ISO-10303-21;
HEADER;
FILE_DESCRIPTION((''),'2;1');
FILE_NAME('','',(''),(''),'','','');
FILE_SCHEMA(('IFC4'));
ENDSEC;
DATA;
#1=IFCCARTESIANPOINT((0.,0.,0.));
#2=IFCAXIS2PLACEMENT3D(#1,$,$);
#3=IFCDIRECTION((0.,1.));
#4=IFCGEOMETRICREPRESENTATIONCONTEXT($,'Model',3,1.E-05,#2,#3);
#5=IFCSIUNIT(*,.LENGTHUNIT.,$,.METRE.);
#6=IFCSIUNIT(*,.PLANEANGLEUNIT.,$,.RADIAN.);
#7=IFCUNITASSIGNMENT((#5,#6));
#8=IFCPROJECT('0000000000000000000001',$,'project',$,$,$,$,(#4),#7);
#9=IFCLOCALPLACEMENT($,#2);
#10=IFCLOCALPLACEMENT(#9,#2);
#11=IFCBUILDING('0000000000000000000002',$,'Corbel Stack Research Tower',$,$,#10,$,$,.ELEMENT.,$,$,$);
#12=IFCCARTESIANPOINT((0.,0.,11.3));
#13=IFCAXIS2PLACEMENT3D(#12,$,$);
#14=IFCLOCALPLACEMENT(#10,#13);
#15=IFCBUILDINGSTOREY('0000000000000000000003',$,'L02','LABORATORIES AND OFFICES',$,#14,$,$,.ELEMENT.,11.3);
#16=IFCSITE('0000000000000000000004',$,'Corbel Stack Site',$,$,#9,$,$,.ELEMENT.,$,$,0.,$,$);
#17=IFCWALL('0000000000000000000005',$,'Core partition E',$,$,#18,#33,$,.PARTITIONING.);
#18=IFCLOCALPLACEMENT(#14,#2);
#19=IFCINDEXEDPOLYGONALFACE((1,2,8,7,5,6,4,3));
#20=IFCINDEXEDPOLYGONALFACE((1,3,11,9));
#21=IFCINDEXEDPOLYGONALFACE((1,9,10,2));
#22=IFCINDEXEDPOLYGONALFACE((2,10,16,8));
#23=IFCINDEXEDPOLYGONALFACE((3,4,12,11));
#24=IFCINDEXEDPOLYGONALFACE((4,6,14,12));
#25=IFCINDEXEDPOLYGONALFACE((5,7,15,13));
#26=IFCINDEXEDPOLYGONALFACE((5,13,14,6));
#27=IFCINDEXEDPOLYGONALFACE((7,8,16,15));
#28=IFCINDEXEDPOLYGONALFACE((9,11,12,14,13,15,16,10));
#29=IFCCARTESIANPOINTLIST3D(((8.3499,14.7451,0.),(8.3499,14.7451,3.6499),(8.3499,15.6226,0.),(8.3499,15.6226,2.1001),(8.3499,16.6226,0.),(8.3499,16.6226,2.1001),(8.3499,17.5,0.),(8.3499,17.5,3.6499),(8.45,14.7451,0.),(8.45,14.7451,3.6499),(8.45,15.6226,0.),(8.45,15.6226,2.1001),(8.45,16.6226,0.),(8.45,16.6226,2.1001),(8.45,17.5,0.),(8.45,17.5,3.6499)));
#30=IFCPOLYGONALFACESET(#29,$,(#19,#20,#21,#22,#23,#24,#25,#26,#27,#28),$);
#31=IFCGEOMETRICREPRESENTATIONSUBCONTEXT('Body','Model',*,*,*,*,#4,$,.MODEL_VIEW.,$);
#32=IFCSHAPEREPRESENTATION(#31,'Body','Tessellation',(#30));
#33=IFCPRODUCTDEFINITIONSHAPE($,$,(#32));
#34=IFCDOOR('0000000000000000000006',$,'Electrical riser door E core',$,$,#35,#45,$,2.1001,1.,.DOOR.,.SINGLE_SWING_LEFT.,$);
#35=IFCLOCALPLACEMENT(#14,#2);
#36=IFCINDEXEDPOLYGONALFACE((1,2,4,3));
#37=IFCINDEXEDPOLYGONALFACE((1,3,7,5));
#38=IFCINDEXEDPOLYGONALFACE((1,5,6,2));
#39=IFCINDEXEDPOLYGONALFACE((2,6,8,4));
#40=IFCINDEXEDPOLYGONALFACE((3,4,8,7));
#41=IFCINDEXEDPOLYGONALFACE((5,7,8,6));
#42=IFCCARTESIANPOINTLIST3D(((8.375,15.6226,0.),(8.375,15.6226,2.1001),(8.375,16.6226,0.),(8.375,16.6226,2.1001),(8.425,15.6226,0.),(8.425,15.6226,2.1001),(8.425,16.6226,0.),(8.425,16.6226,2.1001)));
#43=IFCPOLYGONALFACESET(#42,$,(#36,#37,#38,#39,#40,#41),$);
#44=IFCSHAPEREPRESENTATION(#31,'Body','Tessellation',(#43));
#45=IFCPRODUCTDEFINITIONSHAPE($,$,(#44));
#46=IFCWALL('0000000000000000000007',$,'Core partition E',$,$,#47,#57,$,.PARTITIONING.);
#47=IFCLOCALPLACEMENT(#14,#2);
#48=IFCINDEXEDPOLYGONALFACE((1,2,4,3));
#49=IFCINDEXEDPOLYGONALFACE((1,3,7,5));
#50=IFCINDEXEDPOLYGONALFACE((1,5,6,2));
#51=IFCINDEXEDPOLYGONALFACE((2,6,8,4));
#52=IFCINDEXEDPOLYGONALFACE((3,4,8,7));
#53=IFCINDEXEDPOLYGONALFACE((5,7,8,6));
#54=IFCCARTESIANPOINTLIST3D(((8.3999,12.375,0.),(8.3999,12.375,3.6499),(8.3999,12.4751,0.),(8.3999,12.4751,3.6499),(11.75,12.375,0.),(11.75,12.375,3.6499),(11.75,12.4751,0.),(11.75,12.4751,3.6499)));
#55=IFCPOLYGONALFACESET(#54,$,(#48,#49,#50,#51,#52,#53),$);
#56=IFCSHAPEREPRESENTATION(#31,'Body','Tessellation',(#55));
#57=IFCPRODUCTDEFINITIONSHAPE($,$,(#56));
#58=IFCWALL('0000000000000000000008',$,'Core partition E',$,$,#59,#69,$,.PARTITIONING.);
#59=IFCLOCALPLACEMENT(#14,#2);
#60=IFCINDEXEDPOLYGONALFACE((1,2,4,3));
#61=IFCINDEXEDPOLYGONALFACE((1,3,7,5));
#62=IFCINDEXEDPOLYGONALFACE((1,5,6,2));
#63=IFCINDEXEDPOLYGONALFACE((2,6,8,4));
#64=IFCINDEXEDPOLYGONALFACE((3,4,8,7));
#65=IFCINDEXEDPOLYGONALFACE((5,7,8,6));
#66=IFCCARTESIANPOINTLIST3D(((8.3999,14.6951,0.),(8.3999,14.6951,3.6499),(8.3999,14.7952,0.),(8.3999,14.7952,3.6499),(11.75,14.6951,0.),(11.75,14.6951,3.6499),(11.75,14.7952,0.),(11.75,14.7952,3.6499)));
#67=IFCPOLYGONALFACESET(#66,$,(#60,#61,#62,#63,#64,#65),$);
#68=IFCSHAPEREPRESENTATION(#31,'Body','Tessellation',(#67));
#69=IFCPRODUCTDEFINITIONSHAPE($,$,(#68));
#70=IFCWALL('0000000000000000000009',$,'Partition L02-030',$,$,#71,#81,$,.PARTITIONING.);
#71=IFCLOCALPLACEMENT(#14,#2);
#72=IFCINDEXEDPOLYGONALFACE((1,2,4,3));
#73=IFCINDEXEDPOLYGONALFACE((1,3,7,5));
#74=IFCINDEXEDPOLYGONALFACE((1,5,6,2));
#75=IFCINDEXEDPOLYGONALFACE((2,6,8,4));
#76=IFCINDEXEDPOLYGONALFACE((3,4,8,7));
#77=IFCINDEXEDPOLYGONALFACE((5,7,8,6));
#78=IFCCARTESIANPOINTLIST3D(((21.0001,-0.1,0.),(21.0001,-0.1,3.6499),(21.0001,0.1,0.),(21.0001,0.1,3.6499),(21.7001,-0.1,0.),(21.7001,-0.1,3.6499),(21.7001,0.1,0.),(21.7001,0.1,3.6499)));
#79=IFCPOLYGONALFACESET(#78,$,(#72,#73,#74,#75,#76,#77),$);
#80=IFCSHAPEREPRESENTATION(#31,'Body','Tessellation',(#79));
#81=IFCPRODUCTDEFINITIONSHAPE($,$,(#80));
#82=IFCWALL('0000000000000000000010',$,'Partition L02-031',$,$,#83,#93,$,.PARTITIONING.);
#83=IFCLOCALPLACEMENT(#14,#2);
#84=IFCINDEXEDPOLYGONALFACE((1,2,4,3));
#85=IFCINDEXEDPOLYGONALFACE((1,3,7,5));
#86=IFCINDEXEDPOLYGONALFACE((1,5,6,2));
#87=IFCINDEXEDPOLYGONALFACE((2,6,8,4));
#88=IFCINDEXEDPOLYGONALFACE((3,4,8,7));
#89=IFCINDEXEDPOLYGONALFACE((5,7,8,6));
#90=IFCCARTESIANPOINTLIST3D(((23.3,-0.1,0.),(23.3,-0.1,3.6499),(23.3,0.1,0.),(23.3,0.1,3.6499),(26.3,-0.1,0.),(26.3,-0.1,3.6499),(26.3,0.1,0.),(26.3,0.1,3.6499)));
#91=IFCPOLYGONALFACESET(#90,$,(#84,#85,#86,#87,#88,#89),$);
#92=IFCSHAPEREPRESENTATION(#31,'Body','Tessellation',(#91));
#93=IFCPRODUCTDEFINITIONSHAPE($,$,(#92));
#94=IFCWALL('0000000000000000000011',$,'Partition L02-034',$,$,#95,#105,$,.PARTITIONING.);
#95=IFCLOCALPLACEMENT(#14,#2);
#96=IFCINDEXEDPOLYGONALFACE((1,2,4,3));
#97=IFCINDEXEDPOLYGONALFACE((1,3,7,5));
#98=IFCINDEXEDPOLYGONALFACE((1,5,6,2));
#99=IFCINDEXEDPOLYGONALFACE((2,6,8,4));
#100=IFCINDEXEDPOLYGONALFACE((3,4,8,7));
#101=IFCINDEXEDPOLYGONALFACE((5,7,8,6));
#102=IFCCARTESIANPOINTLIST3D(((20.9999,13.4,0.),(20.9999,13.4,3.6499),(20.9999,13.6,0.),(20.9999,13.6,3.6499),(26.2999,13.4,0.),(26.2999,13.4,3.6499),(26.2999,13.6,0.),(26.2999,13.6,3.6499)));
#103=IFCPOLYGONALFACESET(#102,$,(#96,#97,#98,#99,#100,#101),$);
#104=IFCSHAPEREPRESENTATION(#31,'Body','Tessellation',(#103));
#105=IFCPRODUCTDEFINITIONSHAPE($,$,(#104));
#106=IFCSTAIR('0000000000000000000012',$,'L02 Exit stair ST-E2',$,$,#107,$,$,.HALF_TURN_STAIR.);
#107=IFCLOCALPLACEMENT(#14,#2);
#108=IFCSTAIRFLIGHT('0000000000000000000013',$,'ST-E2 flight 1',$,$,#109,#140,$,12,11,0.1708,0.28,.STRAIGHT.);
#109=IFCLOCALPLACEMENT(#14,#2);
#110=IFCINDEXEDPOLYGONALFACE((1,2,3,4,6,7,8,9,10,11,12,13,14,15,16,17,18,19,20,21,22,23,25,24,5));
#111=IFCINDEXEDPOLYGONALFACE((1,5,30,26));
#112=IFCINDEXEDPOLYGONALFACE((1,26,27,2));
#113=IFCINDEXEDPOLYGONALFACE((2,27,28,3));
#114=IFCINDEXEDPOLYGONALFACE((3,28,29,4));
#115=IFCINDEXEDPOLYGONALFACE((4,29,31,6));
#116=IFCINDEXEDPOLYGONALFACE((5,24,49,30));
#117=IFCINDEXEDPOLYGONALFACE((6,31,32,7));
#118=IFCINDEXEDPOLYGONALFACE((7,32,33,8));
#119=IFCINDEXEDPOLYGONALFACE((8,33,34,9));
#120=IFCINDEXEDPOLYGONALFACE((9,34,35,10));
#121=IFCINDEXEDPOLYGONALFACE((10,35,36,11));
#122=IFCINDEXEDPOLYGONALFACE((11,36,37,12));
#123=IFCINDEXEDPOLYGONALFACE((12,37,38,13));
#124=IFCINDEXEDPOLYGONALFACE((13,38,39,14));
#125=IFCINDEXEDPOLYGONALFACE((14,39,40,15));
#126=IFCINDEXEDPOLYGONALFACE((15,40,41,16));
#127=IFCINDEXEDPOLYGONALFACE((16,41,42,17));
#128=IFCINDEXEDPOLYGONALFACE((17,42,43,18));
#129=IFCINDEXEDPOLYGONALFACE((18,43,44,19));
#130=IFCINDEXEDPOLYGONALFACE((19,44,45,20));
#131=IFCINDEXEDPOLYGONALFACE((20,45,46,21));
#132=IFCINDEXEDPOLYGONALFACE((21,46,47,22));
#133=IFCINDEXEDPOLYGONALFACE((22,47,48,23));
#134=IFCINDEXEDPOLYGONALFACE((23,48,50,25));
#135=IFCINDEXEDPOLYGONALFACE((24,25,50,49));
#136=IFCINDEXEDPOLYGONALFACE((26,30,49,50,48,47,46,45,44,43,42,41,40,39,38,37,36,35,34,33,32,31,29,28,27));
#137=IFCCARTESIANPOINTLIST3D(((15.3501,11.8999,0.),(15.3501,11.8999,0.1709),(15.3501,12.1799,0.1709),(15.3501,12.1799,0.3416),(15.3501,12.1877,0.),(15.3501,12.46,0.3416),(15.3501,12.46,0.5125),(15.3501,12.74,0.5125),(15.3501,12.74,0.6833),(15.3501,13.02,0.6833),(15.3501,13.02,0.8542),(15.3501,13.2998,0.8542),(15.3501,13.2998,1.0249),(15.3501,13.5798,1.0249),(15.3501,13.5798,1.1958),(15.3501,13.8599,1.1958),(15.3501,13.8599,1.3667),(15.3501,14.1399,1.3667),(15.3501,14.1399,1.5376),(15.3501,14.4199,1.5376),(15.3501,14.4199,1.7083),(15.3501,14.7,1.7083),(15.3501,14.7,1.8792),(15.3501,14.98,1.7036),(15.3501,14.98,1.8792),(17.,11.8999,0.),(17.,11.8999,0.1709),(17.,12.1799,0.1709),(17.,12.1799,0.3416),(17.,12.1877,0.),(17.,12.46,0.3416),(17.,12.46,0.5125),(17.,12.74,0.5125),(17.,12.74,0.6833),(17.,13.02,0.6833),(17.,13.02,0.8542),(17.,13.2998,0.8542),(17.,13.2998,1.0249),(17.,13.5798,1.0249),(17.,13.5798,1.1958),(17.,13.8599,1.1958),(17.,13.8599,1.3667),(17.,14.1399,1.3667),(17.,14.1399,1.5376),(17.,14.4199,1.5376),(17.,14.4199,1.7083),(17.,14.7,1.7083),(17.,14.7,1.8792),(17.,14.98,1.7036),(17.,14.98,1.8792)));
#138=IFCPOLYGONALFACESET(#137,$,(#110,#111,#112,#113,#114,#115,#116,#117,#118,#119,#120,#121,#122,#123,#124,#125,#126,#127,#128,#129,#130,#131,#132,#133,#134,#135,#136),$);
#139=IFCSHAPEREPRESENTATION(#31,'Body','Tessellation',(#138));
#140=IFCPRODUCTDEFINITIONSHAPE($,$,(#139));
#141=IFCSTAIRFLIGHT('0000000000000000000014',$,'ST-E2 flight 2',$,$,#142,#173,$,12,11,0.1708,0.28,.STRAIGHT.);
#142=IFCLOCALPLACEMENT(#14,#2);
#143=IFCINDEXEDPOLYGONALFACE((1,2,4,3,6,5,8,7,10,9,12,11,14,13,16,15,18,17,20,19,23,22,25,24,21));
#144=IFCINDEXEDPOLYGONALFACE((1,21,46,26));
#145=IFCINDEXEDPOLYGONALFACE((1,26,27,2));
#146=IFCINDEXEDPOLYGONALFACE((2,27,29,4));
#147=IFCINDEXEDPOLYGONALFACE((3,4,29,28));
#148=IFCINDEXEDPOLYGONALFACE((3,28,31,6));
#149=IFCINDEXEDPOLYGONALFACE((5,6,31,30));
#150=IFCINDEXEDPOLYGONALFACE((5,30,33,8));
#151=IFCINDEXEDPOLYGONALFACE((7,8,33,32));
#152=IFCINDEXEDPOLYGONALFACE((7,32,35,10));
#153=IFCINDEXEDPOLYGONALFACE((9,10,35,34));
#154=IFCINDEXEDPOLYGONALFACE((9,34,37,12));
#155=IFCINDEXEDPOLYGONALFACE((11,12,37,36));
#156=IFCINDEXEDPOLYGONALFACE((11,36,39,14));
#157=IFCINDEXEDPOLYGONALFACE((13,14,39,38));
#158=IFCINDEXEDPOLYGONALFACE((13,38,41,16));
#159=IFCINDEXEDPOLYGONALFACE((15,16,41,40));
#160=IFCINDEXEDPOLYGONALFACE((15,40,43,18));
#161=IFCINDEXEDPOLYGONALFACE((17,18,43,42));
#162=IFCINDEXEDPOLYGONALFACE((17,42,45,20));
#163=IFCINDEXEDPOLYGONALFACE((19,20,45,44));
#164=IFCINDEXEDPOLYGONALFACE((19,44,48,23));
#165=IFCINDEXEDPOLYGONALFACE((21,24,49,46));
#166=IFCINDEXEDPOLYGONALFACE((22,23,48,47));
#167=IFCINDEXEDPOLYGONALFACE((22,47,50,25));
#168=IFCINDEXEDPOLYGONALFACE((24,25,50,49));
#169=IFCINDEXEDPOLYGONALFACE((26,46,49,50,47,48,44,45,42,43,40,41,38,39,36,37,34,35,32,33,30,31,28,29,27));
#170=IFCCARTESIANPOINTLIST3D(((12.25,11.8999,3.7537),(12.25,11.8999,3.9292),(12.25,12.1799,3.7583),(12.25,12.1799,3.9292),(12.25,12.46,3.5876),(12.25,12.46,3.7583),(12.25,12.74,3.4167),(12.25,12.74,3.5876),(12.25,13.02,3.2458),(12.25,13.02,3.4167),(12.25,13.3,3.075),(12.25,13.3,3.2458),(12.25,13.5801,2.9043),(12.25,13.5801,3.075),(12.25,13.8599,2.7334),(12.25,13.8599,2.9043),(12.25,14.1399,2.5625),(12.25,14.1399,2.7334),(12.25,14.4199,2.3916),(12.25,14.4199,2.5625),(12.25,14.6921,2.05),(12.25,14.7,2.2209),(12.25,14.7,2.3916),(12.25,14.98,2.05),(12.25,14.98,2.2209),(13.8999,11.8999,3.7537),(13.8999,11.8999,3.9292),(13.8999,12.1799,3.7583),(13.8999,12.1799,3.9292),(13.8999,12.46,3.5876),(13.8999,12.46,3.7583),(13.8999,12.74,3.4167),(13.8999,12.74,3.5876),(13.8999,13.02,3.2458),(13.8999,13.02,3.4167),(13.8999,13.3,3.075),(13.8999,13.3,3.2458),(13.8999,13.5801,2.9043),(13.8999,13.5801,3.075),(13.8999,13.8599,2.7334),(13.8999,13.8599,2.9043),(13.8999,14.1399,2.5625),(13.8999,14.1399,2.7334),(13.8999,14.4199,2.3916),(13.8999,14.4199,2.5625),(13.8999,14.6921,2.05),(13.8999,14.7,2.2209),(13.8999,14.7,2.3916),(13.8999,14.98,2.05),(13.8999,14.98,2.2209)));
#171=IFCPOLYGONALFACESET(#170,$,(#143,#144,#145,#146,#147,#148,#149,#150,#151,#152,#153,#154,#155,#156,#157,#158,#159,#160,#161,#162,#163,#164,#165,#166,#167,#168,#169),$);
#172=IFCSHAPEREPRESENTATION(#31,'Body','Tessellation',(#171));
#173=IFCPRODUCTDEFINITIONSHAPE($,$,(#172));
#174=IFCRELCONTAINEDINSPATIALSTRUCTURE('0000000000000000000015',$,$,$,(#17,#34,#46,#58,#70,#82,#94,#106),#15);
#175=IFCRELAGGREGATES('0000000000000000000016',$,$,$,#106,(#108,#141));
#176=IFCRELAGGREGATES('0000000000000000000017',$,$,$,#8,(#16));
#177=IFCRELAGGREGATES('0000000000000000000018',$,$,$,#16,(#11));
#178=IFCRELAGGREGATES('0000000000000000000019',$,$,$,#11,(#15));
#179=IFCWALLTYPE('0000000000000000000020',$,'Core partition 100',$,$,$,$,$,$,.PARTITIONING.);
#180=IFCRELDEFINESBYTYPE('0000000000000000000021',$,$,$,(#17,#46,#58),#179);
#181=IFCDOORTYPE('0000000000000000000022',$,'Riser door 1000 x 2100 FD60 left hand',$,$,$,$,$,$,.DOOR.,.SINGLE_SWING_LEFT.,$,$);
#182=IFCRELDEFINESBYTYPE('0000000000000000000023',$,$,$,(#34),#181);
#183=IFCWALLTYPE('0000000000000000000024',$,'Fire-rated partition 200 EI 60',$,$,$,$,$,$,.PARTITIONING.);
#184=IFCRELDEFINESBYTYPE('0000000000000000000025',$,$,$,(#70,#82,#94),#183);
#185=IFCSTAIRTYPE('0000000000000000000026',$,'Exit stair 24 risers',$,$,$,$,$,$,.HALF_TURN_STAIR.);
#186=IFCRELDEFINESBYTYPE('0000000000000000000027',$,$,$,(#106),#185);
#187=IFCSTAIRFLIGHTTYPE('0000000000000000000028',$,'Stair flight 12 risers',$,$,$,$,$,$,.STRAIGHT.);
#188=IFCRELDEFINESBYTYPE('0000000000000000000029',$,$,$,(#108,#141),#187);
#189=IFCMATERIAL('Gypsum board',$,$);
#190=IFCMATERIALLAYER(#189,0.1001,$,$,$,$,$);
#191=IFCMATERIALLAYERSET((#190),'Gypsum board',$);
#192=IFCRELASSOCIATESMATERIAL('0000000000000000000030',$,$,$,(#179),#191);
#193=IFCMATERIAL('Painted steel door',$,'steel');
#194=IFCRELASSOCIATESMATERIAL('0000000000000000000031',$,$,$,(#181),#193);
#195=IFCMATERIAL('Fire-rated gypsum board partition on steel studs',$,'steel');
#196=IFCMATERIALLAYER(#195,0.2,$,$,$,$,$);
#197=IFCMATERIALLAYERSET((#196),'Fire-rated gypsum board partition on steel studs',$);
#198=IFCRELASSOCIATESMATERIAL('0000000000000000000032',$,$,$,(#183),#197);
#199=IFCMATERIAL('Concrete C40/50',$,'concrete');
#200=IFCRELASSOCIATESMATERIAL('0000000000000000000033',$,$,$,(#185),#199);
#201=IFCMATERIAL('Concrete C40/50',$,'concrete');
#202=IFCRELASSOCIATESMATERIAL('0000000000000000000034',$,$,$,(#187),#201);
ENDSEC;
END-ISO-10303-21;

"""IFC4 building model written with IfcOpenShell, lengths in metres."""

from ifc_helpers import new_model, si_unit, direction, frame, frame_2d, origin, place, context, subcontext, project, spatial, polyline, rectangle, outline, extrude, material, layer, layer_set, type_object, element, fill, aggregate, save


model = new_model("IFC4")

# Units and contexts
model_context = context("Model", 3, precision=1e-05, world=origin(), true_north=direction((0.0, 1.0)))
body_context = subcontext(model_context, "Body", "Model", "MODEL_VIEW")
ifc_project = project(units=[si_unit("LENGTHUNIT", "METRE"), si_unit("PLANEANGLEUNIT", "RADIAN")], contexts=[model_context])

# Site, building, storey
site_placement = place(None, origin())
site = spatial("IfcSite", under=ifc_project, at=site_placement, Name="Corbel Stack Site", CompositionType="ELEMENT", RefElevation=0.0)
building_placement = place(site_placement, origin())
building = spatial("IfcBuilding", under=site, at=building_placement, Name="Corbel Stack Research Tower", CompositionType="ELEMENT")
storey_placement = place(building_placement, frame((0.0, 0.0, 11.3)))
storey = spatial("IfcBuildingStorey", under=building, at=storey_placement, Name="L02", Description="LABORATORIES AND OFFICES", CompositionType="ELEMENT", Elevation=11.3)

# Wall, opening, door
ifc_material_1 = material(Name="Gypsum board")
ifc_layer_1 = layer(ifc_material_1, 0.1001)
ifc_layer_set_1 = layer_set([ifc_layer_1], Name="Gypsum board")
wall_type_1 = type_object("IfcWallType", Name="Core partition 100", PredefinedType="PARTITIONING", material=ifc_layer_set_1)
ifc_material_2 = material(Name="Painted steel door", Category="steel")
door_type_1 = type_object("IfcDoorType", Name="Riser door 1000 x 2100 FD60 left hand", OperationType="SINGLE_SWING_LEFT", PredefinedType="DOOR", material=ifc_material_2)
wall_1_placement = place(storey_placement, frame((8.3999, 14.7451, 0.0), z_axis=(0.0, 0.0, 1.0), x_axis=(0.0, 1.0, 0.0)))
wall_1 = element("IfcWall", 1, at=wall_1_placement, inside=storey, type_object=wall_type_1, Name="Core partition E", PredefinedType="PARTITIONING", context=body_context, shape_type="SweptSolid", body=[
    extrude(rectangle(XDim=2.7549, YDim=0.1001, at=frame_2d((1.3774, 0.0))), origin(), (0.0, 0.0, 1.0), 3.6499),
])
opening_1_placement = place(wall_1_placement, frame((0.8774, 0.0, 0.0)))
opening_1 = element("IfcOpeningElement", 2, at=opening_1_placement, cuts=wall_1, PredefinedType="OPENING", context=body_context, shape_type="SweptSolid", body=[
    extrude(rectangle(XDim=1.0, YDim=2.1001, at=frame_2d((0.5, 1.05))), frame((0.0, 0.0601, 0.0), z_axis=(0.0, -1.0, 0.0), x_axis=(1.0, 0.0, 0.0)), (0.0, 0.0, 1.0), 0.1201),
])
door_1_placement = place(opening_1_placement, origin())
door_1 = element("IfcDoor", 3, at=door_1_placement, inside=storey, type_object=door_type_1, Name="Electrical riser door E core", OperationType="SINGLE_SWING_LEFT", OverallHeight=2.1001, OverallWidth=1.0, PredefinedType="DOOR", context=body_context, shape_type="SweptSolid", body=[
    extrude(rectangle(XDim=1.0, YDim=2.1001, at=frame_2d((0.5, 1.05))), frame((0.0, 0.0249, 0.0), z_axis=(0.0, -1.0, 0.0), x_axis=(1.0, 0.0, 0.0)), (0.0, 0.0, 1.0), 0.05),
])
fill(opening_1, door_1)

# Walls
for number, where, z_axis, x_axis, name in (
    (4, (8.3999, 12.425, 0.0), (0.0, 0.0, 1.0), (1.0, 0.0, 0.0), "Core partition E"),
    (5, (8.3999, 14.7451, 0.0), (0.0, 0.0, 1.0), (1.0, 0.0, 0.0), "Core partition E"),
):
    element("IfcWall", number, at=place(storey_placement, frame(where, z_axis=z_axis, x_axis=x_axis)), inside=storey, type_object=wall_type_1, Name=name, PredefinedType="PARTITIONING", context=body_context, shape_type="SweptSolid", body=[
        extrude(rectangle(XDim=3.3501, YDim=0.1001, at=frame_2d((1.675, 0.0))), origin(), (0.0, 0.0, 1.0), 3.6499),
    ])
ifc_material_3 = material(Name="Fire-rated gypsum board partition on steel studs", Category="steel")
ifc_layer_2 = layer(ifc_material_3, 0.2)
ifc_layer_set_2 = layer_set([ifc_layer_2], Name="Fire-rated gypsum board partition on steel studs")
wall_type_2 = type_object("IfcWallType", Name="Fire-rated partition 200 EI 60", PredefinedType="PARTITIONING", material=ifc_layer_set_2)
wall_2_placement = place(storey_placement, frame((21.0, 0.0, 0.0), z_axis=(0.0, 0.0, 1.0), x_axis=(1.0, 0.0, 0.0)))
element("IfcWall", 6, at=wall_2_placement, inside=storey, type_object=wall_type_2, Name="Partition L02-030", PredefinedType="PARTITIONING", context=body_context, shape_type="SweptSolid", body=[
    extrude(rectangle(XDim=0.7, YDim=0.2, at=frame_2d((0.3501, 0.0))), origin(), (0.0, 0.0, 1.0), 3.6499),
])
wall_3_placement = place(storey_placement, frame((23.3, 0.0, 0.0), z_axis=(0.0, 0.0, 1.0), x_axis=(1.0, 0.0, 0.0)))
element("IfcWall", 7, at=wall_3_placement, inside=storey, type_object=wall_type_2, Name="Partition L02-031", PredefinedType="PARTITIONING", context=body_context, shape_type="SweptSolid", body=[
    extrude(rectangle(XDim=3.0, YDim=0.2, at=frame_2d((1.5, 0.0))), origin(), (0.0, 0.0, 1.0), 3.6499),
])
wall_4_placement = place(storey_placement, frame((21.0, 13.5, 0.0), z_axis=(0.0, 0.0, 1.0), x_axis=(1.0, 0.0, 0.0)))
element("IfcWall", 8, at=wall_4_placement, inside=storey, type_object=wall_type_2, Name="Partition L02-034", PredefinedType="PARTITIONING", context=body_context, shape_type="SweptSolid", body=[
    extrude(rectangle(XDim=5.3, YDim=0.2, at=frame_2d((2.6499, 0.0))), origin(), (0.0, 0.0, 1.0), 3.6499),
])

# Stair, stair flights
ifc_material_4 = material(Name="Concrete C40/50", Category="concrete")
stair_type = type_object("IfcStairType", Name="Exit stair 24 risers", PredefinedType="HALF_TURN_STAIR", material=ifc_material_4)
stair_placement = place(storey_placement, origin())
stair = element("IfcStair", 9, at=stair_placement, inside=storey, type_object=stair_type, Name="L02 Exit stair ST-E2", PredefinedType="HALF_TURN_STAIR")
ifc_material_5 = material(Name="Concrete C40/50", Category="concrete")
stair_flight_type = type_object("IfcStairFlightType", Name="Stair flight 12 risers", PredefinedType="STRAIGHT", material=ifc_material_5)
stair_flight_1_placement = place(storey_placement, frame((16.175, 11.8999, 0.0), z_axis=(0.0, 0.0, 1.0), x_axis=(0.0, 1.0, 0.0)))
stair_flight_1 = element("IfcStairFlight", 10, at=stair_flight_1_placement, type_object=stair_flight_type, Name="ST-E2 flight 1", NumberOfRisers=12, NumberOfTreads=11, PredefinedType="STRAIGHT", RiserHeight=0.1708, TreadLength=0.28, context=body_context, shape_type="SweptSolid", body=[
    extrude(outline(polyline([(0.0, 0.0), (0.0, 0.1709), (0.28, 0.1709), (0.28, 0.3416), (0.5601, 0.3416), (0.5601, 0.5125), (0.8401, 0.5125), (0.8401, 0.6833), (1.1201, 0.6833), (1.1201, 0.8542), (1.3999, 0.8542), (1.3999, 1.0249), (1.6799, 1.0249), (1.6799, 1.1958), (1.96, 1.1958), (1.96, 1.3667), (2.24, 1.3667), (2.24, 1.5376), (2.52, 1.5376), (2.52, 1.7083), (2.8, 1.7083), (2.8, 1.8792), (3.0801, 1.8792), (3.0801, 2.05), (3.0801, 1.7036), (0.2878, 0.0), (0.0, 0.0)])), frame((0.0, 0.825, 0.0), z_axis=(0.0, -1.0, 0.0), x_axis=(1.0, 0.0, 0.0)), (0.0, 0.0, 1.0), 1.6499),
])
stair_flight_2_placement = place(storey_placement, frame((13.075, 14.98, 2.05), z_axis=(0.0, 0.0, 1.0), x_axis=(0.0, -1.0, 0.0)))
stair_flight_2 = element("IfcStairFlight", 11, at=stair_flight_2_placement, type_object=stair_flight_type, Name="ST-E2 flight 2", NumberOfRisers=12, NumberOfTreads=11, PredefinedType="STRAIGHT", RiserHeight=0.1708, TreadLength=0.28, context=body_context, shape_type="SweptSolid", body=[
    extrude(outline(polyline([(0.0, 0.0), (0.0, 0.1709), (0.28, 0.1709), (0.28, 0.3416), (0.5601, 0.3416), (0.5601, 0.5125), (0.8401, 0.5125), (0.8401, 0.6833), (1.1201, 0.6833), (1.1201, 0.8542), (1.3999, 0.8542), (1.3999, 1.0249), (1.6799, 1.0249), (1.6799, 1.1958), (1.96, 1.1958), (1.96, 1.3667), (2.24, 1.3667), (2.24, 1.5376), (2.52, 1.5376), (2.52, 1.7083), (2.8, 1.7083), (2.8, 1.8792), (3.0801, 1.8792), (3.0801, 2.05), (3.0801, 1.7036), (0.2878, 0.0), (0.0, 0.0)])), frame((0.0, 0.825, 0.0), z_axis=(0.0, -1.0, 0.0), x_axis=(1.0, 0.0, 0.0)), (0.0, 0.0, 1.0), 1.6499),
])
aggregate(stair, [stair_flight_1, stair_flight_2])

save(model, "model.ifc")
